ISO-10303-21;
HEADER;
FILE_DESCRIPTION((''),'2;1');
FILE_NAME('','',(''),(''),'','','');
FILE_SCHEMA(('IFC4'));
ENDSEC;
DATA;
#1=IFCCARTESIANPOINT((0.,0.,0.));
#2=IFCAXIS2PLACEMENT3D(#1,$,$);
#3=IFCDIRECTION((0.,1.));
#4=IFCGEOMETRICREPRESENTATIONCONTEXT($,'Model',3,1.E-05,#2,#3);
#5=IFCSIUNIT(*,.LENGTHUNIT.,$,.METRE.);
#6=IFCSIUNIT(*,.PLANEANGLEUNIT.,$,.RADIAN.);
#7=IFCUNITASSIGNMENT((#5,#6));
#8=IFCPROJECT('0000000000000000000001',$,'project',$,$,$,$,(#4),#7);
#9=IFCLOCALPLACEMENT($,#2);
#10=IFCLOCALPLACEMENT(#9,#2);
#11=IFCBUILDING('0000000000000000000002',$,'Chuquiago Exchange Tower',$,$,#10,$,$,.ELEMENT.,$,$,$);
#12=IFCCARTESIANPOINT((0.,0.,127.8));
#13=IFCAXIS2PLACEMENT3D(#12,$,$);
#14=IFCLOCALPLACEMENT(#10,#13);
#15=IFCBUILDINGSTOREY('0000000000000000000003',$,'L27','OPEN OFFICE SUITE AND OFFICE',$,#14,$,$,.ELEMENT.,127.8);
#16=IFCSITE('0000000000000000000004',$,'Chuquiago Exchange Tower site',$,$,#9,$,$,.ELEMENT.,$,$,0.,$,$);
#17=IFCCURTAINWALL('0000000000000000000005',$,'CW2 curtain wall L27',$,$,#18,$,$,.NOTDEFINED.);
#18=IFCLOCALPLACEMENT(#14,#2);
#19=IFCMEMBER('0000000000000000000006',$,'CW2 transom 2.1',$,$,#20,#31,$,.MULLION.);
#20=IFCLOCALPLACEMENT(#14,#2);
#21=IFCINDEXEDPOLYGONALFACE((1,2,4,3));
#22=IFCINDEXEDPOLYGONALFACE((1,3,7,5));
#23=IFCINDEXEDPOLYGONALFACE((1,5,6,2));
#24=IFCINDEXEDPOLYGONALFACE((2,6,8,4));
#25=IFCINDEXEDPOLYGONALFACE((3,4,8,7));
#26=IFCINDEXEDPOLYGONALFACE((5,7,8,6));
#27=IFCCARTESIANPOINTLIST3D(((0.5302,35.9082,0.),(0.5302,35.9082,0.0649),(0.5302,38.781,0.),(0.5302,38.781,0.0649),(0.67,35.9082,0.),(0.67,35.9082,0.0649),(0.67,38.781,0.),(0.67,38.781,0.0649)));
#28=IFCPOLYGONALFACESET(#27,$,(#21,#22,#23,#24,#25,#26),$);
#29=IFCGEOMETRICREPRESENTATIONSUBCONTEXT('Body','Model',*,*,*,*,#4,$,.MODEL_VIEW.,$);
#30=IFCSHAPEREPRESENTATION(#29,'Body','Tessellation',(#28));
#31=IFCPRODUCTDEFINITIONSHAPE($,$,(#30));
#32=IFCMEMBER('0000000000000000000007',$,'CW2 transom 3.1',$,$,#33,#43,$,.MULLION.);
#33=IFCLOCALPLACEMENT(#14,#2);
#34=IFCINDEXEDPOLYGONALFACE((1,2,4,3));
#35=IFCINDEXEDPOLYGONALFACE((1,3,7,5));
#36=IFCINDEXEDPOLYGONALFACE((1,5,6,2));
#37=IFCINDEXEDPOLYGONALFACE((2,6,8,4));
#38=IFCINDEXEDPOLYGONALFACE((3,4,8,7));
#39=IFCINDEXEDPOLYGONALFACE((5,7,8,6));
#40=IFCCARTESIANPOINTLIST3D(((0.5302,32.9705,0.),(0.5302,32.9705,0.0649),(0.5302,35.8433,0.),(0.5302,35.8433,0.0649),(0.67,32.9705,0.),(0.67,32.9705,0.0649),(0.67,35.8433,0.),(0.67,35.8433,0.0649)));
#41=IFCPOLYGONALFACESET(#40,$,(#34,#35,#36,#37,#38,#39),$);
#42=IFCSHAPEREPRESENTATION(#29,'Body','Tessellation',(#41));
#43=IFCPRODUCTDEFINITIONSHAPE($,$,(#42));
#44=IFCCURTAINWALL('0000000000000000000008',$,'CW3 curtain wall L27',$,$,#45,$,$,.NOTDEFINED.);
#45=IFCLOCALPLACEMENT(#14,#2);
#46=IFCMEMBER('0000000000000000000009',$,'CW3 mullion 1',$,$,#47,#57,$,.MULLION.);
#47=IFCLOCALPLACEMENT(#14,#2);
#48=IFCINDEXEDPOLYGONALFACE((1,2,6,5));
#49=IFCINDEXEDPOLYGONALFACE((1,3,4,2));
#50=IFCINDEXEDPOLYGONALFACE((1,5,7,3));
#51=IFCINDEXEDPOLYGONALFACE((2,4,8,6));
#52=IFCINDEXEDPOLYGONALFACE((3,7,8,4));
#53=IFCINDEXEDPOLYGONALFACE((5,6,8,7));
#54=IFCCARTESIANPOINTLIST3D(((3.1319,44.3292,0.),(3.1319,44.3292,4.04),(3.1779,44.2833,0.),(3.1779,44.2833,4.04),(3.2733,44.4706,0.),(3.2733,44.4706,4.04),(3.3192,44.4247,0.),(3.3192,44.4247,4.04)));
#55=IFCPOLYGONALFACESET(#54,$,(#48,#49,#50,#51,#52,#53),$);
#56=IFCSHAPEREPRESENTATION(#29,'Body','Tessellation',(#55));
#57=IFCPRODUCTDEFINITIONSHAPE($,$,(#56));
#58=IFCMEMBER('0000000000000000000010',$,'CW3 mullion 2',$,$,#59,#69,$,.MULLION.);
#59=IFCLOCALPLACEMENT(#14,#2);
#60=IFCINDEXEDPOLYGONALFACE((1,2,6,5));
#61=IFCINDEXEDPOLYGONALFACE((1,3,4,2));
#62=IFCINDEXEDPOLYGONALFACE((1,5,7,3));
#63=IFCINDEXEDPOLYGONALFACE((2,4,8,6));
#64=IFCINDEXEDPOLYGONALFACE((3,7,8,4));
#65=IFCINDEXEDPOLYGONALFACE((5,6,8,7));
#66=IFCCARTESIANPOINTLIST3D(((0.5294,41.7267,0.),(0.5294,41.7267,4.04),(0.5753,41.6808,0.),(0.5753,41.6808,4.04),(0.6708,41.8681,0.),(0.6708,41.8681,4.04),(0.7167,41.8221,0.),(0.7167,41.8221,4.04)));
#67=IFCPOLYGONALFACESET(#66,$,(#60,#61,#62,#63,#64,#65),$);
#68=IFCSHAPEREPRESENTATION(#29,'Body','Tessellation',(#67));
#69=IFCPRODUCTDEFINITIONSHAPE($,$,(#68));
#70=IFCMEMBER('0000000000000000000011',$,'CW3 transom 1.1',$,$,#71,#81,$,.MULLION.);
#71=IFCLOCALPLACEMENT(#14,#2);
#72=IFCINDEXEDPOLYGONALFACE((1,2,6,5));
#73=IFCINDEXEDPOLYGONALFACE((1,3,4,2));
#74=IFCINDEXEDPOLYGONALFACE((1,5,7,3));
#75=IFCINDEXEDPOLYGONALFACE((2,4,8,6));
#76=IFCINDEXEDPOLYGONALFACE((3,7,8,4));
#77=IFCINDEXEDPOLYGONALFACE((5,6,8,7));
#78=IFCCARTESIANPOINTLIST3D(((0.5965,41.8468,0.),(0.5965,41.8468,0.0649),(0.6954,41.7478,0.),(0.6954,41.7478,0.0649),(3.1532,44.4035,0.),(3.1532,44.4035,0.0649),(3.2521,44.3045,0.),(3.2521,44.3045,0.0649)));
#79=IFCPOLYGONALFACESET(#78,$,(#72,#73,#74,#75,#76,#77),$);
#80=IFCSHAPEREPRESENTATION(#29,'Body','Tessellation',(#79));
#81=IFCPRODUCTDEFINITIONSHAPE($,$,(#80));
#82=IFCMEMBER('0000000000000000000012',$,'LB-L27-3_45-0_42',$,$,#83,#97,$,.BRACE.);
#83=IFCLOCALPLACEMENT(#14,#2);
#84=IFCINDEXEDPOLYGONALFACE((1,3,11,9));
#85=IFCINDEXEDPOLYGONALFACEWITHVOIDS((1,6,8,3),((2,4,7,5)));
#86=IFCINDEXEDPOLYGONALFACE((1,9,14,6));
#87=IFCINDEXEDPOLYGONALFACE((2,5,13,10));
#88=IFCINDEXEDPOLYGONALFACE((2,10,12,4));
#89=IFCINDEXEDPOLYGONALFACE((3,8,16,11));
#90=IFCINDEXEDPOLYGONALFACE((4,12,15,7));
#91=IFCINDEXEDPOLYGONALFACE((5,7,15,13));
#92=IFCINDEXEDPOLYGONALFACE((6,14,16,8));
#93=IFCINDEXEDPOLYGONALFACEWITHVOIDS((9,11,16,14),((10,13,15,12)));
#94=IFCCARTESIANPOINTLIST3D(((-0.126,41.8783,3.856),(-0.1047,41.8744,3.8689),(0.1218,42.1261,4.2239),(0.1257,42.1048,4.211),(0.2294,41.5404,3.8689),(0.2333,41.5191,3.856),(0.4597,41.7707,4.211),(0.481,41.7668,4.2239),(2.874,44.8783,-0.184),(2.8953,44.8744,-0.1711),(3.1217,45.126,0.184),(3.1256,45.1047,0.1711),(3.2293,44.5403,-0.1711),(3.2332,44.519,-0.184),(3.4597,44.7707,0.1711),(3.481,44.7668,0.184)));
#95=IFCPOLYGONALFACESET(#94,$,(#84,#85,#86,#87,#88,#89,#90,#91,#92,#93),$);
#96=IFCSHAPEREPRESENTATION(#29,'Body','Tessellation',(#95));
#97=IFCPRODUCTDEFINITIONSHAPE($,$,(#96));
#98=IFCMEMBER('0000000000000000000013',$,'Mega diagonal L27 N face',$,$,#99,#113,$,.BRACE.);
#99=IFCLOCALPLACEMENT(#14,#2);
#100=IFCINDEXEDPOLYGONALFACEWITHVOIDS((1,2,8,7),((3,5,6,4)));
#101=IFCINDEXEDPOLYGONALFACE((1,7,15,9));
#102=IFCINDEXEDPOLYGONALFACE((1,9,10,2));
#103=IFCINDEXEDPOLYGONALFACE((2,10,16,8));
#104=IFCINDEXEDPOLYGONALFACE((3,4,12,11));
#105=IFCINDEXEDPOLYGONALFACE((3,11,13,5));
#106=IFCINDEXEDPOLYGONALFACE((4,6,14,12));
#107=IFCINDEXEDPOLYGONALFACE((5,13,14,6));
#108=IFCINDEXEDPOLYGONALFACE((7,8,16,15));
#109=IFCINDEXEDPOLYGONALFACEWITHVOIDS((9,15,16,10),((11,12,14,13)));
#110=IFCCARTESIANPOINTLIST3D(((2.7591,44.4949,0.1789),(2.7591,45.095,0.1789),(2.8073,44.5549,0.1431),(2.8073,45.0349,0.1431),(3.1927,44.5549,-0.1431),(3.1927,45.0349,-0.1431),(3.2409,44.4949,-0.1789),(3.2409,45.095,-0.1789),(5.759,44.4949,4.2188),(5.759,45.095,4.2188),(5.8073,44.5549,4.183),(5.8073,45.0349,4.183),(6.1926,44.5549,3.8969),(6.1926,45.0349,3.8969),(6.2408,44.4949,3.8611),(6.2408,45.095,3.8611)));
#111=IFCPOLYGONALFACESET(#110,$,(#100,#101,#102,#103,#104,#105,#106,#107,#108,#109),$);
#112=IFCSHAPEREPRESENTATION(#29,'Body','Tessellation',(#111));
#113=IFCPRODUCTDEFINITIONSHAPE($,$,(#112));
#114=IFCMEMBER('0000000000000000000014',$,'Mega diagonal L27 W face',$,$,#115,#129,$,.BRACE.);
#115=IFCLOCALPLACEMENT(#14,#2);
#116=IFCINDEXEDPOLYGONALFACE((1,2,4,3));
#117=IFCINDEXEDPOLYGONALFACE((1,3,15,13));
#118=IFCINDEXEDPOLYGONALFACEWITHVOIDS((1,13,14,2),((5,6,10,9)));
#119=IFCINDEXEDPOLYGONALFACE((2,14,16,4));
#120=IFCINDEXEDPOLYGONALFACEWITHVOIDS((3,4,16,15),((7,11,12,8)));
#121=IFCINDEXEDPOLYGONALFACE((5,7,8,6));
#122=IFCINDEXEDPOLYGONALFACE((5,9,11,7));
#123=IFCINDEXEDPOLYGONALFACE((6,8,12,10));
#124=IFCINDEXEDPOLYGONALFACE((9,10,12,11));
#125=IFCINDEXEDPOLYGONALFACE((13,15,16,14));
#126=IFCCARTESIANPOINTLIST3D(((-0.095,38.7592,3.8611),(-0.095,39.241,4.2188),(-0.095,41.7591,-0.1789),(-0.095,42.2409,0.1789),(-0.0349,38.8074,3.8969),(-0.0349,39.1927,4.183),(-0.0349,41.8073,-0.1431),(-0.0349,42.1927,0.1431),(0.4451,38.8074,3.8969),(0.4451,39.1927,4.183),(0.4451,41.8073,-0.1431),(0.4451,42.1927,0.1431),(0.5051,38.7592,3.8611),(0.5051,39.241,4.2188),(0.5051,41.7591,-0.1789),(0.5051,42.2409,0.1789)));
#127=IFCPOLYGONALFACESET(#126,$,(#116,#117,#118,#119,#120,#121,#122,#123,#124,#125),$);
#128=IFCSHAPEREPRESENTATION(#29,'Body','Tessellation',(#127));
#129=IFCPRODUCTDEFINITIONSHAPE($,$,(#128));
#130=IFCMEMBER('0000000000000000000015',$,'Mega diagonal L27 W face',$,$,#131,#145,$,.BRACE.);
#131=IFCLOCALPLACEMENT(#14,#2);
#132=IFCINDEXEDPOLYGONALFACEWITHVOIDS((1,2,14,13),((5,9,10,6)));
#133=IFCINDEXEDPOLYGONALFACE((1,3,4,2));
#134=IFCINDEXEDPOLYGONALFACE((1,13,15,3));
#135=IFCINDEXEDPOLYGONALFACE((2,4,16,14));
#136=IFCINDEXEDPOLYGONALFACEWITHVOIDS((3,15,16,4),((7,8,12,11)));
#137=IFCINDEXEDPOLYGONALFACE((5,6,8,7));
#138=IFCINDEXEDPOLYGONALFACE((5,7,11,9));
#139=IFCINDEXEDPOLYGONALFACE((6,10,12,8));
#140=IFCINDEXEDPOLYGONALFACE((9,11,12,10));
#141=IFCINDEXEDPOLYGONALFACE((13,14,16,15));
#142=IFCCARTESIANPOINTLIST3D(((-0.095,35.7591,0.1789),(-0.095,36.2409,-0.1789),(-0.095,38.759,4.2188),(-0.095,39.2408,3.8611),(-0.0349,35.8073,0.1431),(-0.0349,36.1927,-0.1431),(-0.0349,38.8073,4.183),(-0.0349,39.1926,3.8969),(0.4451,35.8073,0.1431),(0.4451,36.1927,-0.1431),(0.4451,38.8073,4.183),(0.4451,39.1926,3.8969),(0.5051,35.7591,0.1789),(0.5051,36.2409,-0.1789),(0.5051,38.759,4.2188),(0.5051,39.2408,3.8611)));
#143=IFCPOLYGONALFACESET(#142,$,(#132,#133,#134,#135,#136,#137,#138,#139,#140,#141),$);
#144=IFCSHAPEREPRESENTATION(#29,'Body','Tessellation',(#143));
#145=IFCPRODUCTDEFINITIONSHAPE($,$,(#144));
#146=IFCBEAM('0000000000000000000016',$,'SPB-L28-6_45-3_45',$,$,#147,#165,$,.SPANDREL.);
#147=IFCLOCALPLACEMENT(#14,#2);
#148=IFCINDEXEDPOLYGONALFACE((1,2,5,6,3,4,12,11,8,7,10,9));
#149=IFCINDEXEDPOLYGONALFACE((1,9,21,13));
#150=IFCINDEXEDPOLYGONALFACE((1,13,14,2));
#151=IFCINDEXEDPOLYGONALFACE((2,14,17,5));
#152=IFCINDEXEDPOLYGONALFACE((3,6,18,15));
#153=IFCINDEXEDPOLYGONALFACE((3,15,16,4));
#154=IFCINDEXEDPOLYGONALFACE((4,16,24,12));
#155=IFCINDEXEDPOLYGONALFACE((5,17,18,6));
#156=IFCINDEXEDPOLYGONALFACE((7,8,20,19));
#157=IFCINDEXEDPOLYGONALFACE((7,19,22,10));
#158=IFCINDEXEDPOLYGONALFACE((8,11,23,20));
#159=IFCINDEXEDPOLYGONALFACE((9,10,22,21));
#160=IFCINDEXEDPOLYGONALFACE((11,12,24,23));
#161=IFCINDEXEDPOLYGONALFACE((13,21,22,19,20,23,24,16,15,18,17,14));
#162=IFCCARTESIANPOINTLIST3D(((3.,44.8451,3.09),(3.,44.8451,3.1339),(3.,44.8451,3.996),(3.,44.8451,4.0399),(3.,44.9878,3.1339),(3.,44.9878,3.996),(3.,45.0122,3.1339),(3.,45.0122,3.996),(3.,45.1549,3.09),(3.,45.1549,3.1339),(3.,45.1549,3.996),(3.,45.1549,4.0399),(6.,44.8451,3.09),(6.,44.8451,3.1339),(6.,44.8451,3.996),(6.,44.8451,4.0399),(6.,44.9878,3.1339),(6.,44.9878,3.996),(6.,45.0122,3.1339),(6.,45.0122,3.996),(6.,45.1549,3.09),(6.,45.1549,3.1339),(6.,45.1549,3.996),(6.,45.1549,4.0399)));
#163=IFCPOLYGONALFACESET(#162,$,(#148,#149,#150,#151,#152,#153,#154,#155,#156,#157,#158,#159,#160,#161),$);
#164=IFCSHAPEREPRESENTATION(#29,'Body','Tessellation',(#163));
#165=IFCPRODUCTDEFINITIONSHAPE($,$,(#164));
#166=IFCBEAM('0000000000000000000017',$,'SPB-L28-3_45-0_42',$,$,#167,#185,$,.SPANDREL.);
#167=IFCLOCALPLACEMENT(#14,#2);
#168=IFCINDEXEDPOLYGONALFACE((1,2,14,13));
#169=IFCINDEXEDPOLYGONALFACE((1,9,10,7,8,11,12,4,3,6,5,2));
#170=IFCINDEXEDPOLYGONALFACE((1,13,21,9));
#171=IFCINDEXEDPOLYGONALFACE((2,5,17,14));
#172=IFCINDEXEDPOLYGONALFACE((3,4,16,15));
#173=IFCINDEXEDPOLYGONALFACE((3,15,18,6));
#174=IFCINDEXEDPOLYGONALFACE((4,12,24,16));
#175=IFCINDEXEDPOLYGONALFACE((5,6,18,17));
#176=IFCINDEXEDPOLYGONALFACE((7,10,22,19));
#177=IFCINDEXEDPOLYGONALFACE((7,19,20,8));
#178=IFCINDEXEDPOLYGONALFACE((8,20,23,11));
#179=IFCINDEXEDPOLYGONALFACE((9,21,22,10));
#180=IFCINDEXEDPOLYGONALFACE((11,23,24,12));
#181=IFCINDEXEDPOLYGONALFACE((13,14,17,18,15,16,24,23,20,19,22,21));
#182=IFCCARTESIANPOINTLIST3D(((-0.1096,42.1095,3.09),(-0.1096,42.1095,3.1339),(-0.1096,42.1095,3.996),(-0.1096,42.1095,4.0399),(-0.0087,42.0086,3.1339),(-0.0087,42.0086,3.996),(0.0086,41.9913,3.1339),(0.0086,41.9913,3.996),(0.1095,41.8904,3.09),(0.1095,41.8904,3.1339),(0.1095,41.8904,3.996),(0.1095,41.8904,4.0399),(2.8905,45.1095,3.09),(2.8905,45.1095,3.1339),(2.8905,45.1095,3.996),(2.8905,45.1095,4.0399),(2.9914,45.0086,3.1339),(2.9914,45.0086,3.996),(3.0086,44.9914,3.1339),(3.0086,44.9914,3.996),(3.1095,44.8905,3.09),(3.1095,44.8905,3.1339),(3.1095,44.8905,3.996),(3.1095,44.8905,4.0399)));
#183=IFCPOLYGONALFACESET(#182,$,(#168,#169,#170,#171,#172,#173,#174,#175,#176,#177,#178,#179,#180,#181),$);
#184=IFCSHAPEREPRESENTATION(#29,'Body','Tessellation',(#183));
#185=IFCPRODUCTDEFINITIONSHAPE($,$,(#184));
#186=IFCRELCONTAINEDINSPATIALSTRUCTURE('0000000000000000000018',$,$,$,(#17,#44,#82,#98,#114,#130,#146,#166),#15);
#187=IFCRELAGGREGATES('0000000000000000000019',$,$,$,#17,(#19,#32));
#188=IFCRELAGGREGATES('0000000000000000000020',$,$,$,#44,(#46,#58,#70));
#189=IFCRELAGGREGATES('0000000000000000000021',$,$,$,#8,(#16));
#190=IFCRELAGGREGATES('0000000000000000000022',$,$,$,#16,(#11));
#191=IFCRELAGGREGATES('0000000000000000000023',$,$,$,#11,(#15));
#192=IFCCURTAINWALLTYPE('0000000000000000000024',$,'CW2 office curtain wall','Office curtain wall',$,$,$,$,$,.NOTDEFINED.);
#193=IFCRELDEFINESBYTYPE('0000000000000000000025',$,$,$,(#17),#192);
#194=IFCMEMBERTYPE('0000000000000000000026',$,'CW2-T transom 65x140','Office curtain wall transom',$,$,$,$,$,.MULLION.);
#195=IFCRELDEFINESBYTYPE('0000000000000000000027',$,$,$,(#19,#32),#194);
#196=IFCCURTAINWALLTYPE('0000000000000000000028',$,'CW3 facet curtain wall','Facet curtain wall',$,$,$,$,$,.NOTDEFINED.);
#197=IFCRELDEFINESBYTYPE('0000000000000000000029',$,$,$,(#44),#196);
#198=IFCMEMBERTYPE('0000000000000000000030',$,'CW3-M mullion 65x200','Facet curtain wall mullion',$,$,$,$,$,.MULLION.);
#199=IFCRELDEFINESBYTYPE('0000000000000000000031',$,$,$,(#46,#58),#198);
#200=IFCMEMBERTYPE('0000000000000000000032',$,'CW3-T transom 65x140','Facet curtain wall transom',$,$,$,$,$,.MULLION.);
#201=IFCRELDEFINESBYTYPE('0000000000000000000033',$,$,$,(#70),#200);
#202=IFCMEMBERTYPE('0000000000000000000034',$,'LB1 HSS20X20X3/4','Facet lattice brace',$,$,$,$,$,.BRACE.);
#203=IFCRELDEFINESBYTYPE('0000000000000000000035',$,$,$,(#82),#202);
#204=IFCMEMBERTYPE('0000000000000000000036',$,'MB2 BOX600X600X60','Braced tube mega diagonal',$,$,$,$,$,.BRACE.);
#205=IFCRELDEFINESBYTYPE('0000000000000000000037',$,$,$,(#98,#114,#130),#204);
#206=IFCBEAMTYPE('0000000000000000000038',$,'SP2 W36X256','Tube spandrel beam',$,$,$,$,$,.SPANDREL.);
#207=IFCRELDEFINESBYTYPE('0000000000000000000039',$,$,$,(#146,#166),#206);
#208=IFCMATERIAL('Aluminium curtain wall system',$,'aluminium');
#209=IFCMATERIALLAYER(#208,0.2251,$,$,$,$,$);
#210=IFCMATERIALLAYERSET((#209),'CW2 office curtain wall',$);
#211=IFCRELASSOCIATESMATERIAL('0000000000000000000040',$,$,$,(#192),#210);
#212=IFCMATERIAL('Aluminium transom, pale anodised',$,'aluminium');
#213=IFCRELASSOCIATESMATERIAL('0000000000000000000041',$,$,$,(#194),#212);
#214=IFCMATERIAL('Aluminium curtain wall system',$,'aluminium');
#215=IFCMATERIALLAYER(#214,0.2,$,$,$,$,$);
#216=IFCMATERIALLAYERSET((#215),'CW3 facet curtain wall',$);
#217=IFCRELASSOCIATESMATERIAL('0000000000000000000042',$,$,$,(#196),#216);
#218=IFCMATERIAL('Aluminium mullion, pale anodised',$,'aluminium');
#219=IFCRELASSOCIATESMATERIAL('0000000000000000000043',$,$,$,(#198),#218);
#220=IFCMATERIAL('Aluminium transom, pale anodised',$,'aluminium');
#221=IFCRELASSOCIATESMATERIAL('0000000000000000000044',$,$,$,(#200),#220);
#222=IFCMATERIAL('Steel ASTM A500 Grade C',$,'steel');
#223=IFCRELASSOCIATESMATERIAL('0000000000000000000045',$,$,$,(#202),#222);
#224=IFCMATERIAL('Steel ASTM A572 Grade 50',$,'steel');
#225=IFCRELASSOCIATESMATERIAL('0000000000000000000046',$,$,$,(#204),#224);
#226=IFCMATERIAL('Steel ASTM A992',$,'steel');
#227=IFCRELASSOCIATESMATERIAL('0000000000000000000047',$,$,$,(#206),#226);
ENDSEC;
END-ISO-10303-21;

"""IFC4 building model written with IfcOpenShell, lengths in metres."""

from ifc_helpers import new_model, si_unit, direction, frame, origin, origin_2d, place, context, subcontext, project, spatial, rectangle, hollow_rectangle, i_section, extrude, material, layer, layer_set, material_profile, profile_set, type_object, element, aggregate, save


model = new_model("IFC4")

# Units and contexts
model_context = context("Model", 3, precision=1e-05, world=origin(), true_north=direction((0.0, 1.0)))
body_context = subcontext(model_context, "Body", "Model", "MODEL_VIEW")
ifc_project = project(units=[si_unit("LENGTHUNIT", "METRE"), si_unit("PLANEANGLEUNIT", "RADIAN")], contexts=[model_context])

# Site, building, storey
site_placement = place(None, origin())
site = spatial("IfcSite", under=ifc_project, at=site_placement, Name="Chuquiago Exchange Tower site", CompositionType="ELEMENT", RefElevation=0.0)
building_placement = place(site_placement, origin())
building = spatial("IfcBuilding", under=site, at=building_placement, Name="Chuquiago Exchange Tower", CompositionType="ELEMENT")
storey_placement = place(building_placement, frame((0.0, 0.0, 127.8)))
storey = spatial("IfcBuildingStorey", under=building, at=storey_placement, Name="L27", Description="OPEN OFFICE SUITE AND OFFICE", CompositionType="ELEMENT", Elevation=127.8)

# Curtain wall
ifc_material_1 = material(Name="Aluminium curtain wall system", Category="aluminium")
ifc_layer_1 = layer(ifc_material_1, 0.2251)
ifc_layer_set_1 = layer_set([ifc_layer_1], Name="CW2 office curtain wall")
curtain_wall_type_1 = type_object("IfcCurtainWallType", Name="CW2 office curtain wall", Description="Office curtain wall", PredefinedType="NOTDEFINED", material=ifc_layer_set_1)
curtain_wall_1_placement = place(storey_placement, origin())
curtain_wall_1 = element("IfcCurtainWall", 1, at=curtain_wall_1_placement, inside=storey, type_object=curtain_wall_type_1, Name="CW2 curtain wall L27", PredefinedType="NOTDEFINED")

# Members
ifc_material_2 = material(Name="Aluminium transom, pale anodised", Category="aluminium")
ifc_material_profile_1 = material_profile(ifc_material_2, rectangle(XDim=0.1399, YDim=0.0649, at=origin_2d()), Name="AL 140x65")
ifc_profile_set_1 = profile_set([ifc_material_profile_1], Name="Aluminium transom, pale anodised")
member_type_1 = type_object("IfcMemberType", Name="CW2-T transom 65x140", Description="Office curtain wall transom", PredefinedType="MULLION", material=ifc_profile_set_1)
member_1_placement = place(storey_placement, frame((0.6001, 38.781, 0.0325), z_axis=(0.0, -1.0, 0.0), x_axis=(1.0, 0.0, 0.0)))
member_1 = element("IfcMember", 2, at=member_1_placement, type_object=member_type_1, Name="CW2 transom 2.1", PredefinedType="MULLION", context=body_context, shape_type="SweptSolid", body=[
    extrude(rectangle(XDim=0.1399, YDim=0.0649, at=origin_2d()), origin(), (0.0, 0.0, 1.0), 2.8728),
])
member_2_placement = place(storey_placement, frame((0.6001, 35.8433, 0.0325), z_axis=(0.0, -1.0, 0.0), x_axis=(1.0, 0.0, 0.0)))
member_2 = element("IfcMember", 3, at=member_2_placement, type_object=member_type_1, Name="CW2 transom 3.1", PredefinedType="MULLION", context=body_context, shape_type="SweptSolid", body=[
    extrude(rectangle(XDim=0.1399, YDim=0.0649, at=origin_2d()), origin(), (0.0, 0.0, 1.0), 2.8728),
])

# Curtain wall, members
ifc_material_3 = material(Name="Aluminium curtain wall system", Category="aluminium")
ifc_layer_2 = layer(ifc_material_3, 0.2)
ifc_layer_set_2 = layer_set([ifc_layer_2], Name="CW3 facet curtain wall")
curtain_wall_type_2 = type_object("IfcCurtainWallType", Name="CW3 facet curtain wall", Description="Facet curtain wall", PredefinedType="NOTDEFINED", material=ifc_layer_set_2)
curtain_wall_2_placement = place(storey_placement, origin())
curtain_wall_2 = element("IfcCurtainWall", 4, at=curtain_wall_2_placement, inside=storey, type_object=curtain_wall_type_2, Name="CW3 curtain wall L27", PredefinedType="NOTDEFINED")
ifc_material_4 = material(Name="Aluminium mullion, pale anodised", Category="aluminium")
ifc_material_profile_2 = material_profile(ifc_material_4, rectangle(XDim=0.0649, YDim=0.2, at=origin_2d()), Name="AL 65x200")
ifc_profile_set_2 = profile_set([ifc_material_profile_2], Name="Aluminium mullion, pale anodised")
member_type_2 = type_object("IfcMemberType", Name="CW3-M mullion 65x200", Description="Facet curtain wall mullion", PredefinedType="MULLION", material=ifc_profile_set_2)
member_3_placement = place(storey_placement, frame((3.2256, 44.377, 0.0), z_axis=(0.0, 0.0, 1.0), x_axis=(0.707107, -0.707107, 0.0)))
member_3 = element("IfcMember", 5, at=member_3_placement, type_object=member_type_2, Name="CW3 mullion 1", PredefinedType="MULLION", context=body_context, shape_type="SweptSolid", body=[
    extrude(rectangle(XDim=0.0649, YDim=0.2, at=origin_2d()), origin(), (0.0, 0.0, 1.0), 4.04),
])
member_4_placement = place(storey_placement, frame((0.623, 41.7744, 0.0), z_axis=(0.0, 0.0, 1.0), x_axis=(0.707107, -0.707107, 0.0)))
member_4 = element("IfcMember", 6, at=member_4_placement, type_object=member_type_2, Name="CW3 mullion 2", PredefinedType="MULLION", context=body_context, shape_type="SweptSolid", body=[
    extrude(rectangle(XDim=0.0649, YDim=0.2, at=origin_2d()), origin(), (0.0, 0.0, 1.0), 4.04),
])
ifc_material_5 = material(Name="Aluminium transom, pale anodised", Category="aluminium")
ifc_material_profile_3 = material_profile(ifc_material_5, rectangle(XDim=0.1399, YDim=0.0649, at=origin_2d()), Name="AL 140x65")
ifc_profile_set_3 = profile_set([ifc_material_profile_3], Name="Aluminium transom, pale anodised")
member_type_3 = type_object("IfcMemberType", Name="CW3-T transom 65x140", Description="Facet curtain wall transom", PredefinedType="MULLION", material=ifc_profile_set_3)
member_5_placement = place(storey_placement, frame((3.2026, 44.354, 0.0325), z_axis=(-0.707107, -0.707107, 0.0), x_axis=(0.707107, -0.707107, 0.0)))
member_5 = element("IfcMember", 7, at=member_5_placement, type_object=member_type_3, Name="CW3 transom 1.1", PredefinedType="MULLION", context=body_context, shape_type="SweptSolid", body=[
    extrude(rectangle(XDim=0.1399, YDim=0.0649, at=origin_2d()), origin(), (0.0, 0.0, 1.0), 3.6157),
])

# Members
ifc_material_6 = material(Name="Steel ASTM A500 Grade C", Category="steel")
ifc_material_profile_4 = material_profile(ifc_material_6, hollow_rectangle(XDim=0.5081, YDim=0.5081, WallThickness=0.0178, at=origin_2d()), Name="HSS20X20X3/4")
ifc_profile_set_4 = profile_set([ifc_material_profile_4], Name="Steel ASTM A500 Grade C")
member_type_4 = type_object("IfcMemberType", Name="LB1 HSS20X20X3/4", Description="Facet lattice brace", PredefinedType="BRACE", material=ifc_profile_set_4)
member_6_placement = place(storey_placement, frame((3.1775, 44.8225, 0.0), z_axis=(-0.512077, -0.512077, 0.689604), x_axis=(0.707107, -0.707107, 0.0)))
element("IfcMember", 8, at=member_6_placement, inside=storey, type_object=member_type_4, Name="LB-L27-3_45-0_42", PredefinedType="BRACE", context=body_context, shape_type="SweptSolid", body=[
    extrude(hollow_rectangle(XDim=0.5081, YDim=0.5081, WallThickness=0.0178, at=origin_2d()), origin(), (0.0, 0.0, 1.0), 5.8584),
])
ifc_material_7 = material(Name="Steel ASTM A572 Grade 50", Category="steel")
ifc_material_profile_5 = material_profile(ifc_material_7, hollow_rectangle(XDim=0.6001, YDim=0.6001, WallThickness=0.0601, at=origin_2d()), Name="BOX600X600X60")
ifc_profile_set_5 = profile_set([ifc_material_profile_5], Name="Steel ASTM A572 Grade 50")
member_type_5 = type_object("IfcMemberType", Name="MB2 BOX600X600X60", Description="Braced tube mega diagonal", PredefinedType="BRACE", material=ifc_profile_set_5)
for number, where, z_axis, x_axis, name in (
    (9, (3.0, 44.7949, 0.0), (0.596174, 0.0, 0.802855), (0.0, 1.0, 0.0), "Mega diagonal L27 N face"),
    (10, (0.2051, 42.0, 0.0), (0.0, -0.596174, 0.802855), (1.0, 0.0, 0.0), "Mega diagonal L27 W face"),
    (11, (0.2051, 36.0, 0.0), (0.0, 0.596174, 0.802855), (-1.0, 0.0, 0.0), "Mega diagonal L27 W face"),
):
    element("IfcMember", number, at=place(storey_placement, frame(where, z_axis=z_axis, x_axis=x_axis)), inside=storey, type_object=member_type_5, Name=name, PredefinedType="BRACE", context=body_context, shape_type="SweptSolid", body=[
        extrude(hollow_rectangle(XDim=0.6001, YDim=0.6001, WallThickness=0.0601, at=origin_2d()), origin(), (0.0, 0.0, 1.0), 5.032),
    ])

# Beams
ifc_material_8 = material(Name="Steel ASTM A992", Category="steel")
ifc_material_profile_6 = material_profile(ifc_material_8, i_section(OverallWidth=0.3098, OverallDepth=0.95, WebThickness=0.0244, FlangeThickness=0.0439, at=origin_2d()), Name="W36X256")
ifc_profile_set_6 = profile_set([ifc_material_profile_6], Name="Steel ASTM A992")
beam_type = type_object("IfcBeamType", Name="SP2 W36X256", Description="Tube spandrel beam", PredefinedType="SPANDREL", material=ifc_profile_set_6)
beam_1_placement = place(storey_placement, frame((6.0, 45.0, 3.5649), z_axis=(-1.0, 0.0, 0.0), x_axis=(0.0, -1.0, 0.0)))
element("IfcBeam", 12, at=beam_1_placement, inside=storey, type_object=beam_type, Name="SPB-L28-6_45-3_45", PredefinedType="SPANDREL", context=body_context, shape_type="SweptSolid", body=[
    extrude(i_section(OverallWidth=0.3098, OverallDepth=0.95, WebThickness=0.0244, FlangeThickness=0.0439, at=origin_2d()), origin(), (0.0, 0.0, 1.0), 3.0),
])
beam_2_placement = place(storey_placement, frame((3.0, 45.0, 3.5649), z_axis=(-0.707107, -0.707107, 0.0), x_axis=(0.707107, -0.707107, 0.0)))
element("IfcBeam", 13, at=beam_2_placement, inside=storey, type_object=beam_type, Name="SPB-L28-3_45-0_42", PredefinedType="SPANDREL", context=body_context, shape_type="SweptSolid", body=[
    extrude(i_section(OverallWidth=0.3098, OverallDepth=0.95, WebThickness=0.0244, FlangeThickness=0.0439, at=origin_2d()), origin(), (0.0, 0.0, 1.0), 4.2427),
])

aggregate(curtain_wall_1, [member_1, member_2])
aggregate(curtain_wall_2, [member_3, member_4, member_5])

save(model, "model.ifc")
